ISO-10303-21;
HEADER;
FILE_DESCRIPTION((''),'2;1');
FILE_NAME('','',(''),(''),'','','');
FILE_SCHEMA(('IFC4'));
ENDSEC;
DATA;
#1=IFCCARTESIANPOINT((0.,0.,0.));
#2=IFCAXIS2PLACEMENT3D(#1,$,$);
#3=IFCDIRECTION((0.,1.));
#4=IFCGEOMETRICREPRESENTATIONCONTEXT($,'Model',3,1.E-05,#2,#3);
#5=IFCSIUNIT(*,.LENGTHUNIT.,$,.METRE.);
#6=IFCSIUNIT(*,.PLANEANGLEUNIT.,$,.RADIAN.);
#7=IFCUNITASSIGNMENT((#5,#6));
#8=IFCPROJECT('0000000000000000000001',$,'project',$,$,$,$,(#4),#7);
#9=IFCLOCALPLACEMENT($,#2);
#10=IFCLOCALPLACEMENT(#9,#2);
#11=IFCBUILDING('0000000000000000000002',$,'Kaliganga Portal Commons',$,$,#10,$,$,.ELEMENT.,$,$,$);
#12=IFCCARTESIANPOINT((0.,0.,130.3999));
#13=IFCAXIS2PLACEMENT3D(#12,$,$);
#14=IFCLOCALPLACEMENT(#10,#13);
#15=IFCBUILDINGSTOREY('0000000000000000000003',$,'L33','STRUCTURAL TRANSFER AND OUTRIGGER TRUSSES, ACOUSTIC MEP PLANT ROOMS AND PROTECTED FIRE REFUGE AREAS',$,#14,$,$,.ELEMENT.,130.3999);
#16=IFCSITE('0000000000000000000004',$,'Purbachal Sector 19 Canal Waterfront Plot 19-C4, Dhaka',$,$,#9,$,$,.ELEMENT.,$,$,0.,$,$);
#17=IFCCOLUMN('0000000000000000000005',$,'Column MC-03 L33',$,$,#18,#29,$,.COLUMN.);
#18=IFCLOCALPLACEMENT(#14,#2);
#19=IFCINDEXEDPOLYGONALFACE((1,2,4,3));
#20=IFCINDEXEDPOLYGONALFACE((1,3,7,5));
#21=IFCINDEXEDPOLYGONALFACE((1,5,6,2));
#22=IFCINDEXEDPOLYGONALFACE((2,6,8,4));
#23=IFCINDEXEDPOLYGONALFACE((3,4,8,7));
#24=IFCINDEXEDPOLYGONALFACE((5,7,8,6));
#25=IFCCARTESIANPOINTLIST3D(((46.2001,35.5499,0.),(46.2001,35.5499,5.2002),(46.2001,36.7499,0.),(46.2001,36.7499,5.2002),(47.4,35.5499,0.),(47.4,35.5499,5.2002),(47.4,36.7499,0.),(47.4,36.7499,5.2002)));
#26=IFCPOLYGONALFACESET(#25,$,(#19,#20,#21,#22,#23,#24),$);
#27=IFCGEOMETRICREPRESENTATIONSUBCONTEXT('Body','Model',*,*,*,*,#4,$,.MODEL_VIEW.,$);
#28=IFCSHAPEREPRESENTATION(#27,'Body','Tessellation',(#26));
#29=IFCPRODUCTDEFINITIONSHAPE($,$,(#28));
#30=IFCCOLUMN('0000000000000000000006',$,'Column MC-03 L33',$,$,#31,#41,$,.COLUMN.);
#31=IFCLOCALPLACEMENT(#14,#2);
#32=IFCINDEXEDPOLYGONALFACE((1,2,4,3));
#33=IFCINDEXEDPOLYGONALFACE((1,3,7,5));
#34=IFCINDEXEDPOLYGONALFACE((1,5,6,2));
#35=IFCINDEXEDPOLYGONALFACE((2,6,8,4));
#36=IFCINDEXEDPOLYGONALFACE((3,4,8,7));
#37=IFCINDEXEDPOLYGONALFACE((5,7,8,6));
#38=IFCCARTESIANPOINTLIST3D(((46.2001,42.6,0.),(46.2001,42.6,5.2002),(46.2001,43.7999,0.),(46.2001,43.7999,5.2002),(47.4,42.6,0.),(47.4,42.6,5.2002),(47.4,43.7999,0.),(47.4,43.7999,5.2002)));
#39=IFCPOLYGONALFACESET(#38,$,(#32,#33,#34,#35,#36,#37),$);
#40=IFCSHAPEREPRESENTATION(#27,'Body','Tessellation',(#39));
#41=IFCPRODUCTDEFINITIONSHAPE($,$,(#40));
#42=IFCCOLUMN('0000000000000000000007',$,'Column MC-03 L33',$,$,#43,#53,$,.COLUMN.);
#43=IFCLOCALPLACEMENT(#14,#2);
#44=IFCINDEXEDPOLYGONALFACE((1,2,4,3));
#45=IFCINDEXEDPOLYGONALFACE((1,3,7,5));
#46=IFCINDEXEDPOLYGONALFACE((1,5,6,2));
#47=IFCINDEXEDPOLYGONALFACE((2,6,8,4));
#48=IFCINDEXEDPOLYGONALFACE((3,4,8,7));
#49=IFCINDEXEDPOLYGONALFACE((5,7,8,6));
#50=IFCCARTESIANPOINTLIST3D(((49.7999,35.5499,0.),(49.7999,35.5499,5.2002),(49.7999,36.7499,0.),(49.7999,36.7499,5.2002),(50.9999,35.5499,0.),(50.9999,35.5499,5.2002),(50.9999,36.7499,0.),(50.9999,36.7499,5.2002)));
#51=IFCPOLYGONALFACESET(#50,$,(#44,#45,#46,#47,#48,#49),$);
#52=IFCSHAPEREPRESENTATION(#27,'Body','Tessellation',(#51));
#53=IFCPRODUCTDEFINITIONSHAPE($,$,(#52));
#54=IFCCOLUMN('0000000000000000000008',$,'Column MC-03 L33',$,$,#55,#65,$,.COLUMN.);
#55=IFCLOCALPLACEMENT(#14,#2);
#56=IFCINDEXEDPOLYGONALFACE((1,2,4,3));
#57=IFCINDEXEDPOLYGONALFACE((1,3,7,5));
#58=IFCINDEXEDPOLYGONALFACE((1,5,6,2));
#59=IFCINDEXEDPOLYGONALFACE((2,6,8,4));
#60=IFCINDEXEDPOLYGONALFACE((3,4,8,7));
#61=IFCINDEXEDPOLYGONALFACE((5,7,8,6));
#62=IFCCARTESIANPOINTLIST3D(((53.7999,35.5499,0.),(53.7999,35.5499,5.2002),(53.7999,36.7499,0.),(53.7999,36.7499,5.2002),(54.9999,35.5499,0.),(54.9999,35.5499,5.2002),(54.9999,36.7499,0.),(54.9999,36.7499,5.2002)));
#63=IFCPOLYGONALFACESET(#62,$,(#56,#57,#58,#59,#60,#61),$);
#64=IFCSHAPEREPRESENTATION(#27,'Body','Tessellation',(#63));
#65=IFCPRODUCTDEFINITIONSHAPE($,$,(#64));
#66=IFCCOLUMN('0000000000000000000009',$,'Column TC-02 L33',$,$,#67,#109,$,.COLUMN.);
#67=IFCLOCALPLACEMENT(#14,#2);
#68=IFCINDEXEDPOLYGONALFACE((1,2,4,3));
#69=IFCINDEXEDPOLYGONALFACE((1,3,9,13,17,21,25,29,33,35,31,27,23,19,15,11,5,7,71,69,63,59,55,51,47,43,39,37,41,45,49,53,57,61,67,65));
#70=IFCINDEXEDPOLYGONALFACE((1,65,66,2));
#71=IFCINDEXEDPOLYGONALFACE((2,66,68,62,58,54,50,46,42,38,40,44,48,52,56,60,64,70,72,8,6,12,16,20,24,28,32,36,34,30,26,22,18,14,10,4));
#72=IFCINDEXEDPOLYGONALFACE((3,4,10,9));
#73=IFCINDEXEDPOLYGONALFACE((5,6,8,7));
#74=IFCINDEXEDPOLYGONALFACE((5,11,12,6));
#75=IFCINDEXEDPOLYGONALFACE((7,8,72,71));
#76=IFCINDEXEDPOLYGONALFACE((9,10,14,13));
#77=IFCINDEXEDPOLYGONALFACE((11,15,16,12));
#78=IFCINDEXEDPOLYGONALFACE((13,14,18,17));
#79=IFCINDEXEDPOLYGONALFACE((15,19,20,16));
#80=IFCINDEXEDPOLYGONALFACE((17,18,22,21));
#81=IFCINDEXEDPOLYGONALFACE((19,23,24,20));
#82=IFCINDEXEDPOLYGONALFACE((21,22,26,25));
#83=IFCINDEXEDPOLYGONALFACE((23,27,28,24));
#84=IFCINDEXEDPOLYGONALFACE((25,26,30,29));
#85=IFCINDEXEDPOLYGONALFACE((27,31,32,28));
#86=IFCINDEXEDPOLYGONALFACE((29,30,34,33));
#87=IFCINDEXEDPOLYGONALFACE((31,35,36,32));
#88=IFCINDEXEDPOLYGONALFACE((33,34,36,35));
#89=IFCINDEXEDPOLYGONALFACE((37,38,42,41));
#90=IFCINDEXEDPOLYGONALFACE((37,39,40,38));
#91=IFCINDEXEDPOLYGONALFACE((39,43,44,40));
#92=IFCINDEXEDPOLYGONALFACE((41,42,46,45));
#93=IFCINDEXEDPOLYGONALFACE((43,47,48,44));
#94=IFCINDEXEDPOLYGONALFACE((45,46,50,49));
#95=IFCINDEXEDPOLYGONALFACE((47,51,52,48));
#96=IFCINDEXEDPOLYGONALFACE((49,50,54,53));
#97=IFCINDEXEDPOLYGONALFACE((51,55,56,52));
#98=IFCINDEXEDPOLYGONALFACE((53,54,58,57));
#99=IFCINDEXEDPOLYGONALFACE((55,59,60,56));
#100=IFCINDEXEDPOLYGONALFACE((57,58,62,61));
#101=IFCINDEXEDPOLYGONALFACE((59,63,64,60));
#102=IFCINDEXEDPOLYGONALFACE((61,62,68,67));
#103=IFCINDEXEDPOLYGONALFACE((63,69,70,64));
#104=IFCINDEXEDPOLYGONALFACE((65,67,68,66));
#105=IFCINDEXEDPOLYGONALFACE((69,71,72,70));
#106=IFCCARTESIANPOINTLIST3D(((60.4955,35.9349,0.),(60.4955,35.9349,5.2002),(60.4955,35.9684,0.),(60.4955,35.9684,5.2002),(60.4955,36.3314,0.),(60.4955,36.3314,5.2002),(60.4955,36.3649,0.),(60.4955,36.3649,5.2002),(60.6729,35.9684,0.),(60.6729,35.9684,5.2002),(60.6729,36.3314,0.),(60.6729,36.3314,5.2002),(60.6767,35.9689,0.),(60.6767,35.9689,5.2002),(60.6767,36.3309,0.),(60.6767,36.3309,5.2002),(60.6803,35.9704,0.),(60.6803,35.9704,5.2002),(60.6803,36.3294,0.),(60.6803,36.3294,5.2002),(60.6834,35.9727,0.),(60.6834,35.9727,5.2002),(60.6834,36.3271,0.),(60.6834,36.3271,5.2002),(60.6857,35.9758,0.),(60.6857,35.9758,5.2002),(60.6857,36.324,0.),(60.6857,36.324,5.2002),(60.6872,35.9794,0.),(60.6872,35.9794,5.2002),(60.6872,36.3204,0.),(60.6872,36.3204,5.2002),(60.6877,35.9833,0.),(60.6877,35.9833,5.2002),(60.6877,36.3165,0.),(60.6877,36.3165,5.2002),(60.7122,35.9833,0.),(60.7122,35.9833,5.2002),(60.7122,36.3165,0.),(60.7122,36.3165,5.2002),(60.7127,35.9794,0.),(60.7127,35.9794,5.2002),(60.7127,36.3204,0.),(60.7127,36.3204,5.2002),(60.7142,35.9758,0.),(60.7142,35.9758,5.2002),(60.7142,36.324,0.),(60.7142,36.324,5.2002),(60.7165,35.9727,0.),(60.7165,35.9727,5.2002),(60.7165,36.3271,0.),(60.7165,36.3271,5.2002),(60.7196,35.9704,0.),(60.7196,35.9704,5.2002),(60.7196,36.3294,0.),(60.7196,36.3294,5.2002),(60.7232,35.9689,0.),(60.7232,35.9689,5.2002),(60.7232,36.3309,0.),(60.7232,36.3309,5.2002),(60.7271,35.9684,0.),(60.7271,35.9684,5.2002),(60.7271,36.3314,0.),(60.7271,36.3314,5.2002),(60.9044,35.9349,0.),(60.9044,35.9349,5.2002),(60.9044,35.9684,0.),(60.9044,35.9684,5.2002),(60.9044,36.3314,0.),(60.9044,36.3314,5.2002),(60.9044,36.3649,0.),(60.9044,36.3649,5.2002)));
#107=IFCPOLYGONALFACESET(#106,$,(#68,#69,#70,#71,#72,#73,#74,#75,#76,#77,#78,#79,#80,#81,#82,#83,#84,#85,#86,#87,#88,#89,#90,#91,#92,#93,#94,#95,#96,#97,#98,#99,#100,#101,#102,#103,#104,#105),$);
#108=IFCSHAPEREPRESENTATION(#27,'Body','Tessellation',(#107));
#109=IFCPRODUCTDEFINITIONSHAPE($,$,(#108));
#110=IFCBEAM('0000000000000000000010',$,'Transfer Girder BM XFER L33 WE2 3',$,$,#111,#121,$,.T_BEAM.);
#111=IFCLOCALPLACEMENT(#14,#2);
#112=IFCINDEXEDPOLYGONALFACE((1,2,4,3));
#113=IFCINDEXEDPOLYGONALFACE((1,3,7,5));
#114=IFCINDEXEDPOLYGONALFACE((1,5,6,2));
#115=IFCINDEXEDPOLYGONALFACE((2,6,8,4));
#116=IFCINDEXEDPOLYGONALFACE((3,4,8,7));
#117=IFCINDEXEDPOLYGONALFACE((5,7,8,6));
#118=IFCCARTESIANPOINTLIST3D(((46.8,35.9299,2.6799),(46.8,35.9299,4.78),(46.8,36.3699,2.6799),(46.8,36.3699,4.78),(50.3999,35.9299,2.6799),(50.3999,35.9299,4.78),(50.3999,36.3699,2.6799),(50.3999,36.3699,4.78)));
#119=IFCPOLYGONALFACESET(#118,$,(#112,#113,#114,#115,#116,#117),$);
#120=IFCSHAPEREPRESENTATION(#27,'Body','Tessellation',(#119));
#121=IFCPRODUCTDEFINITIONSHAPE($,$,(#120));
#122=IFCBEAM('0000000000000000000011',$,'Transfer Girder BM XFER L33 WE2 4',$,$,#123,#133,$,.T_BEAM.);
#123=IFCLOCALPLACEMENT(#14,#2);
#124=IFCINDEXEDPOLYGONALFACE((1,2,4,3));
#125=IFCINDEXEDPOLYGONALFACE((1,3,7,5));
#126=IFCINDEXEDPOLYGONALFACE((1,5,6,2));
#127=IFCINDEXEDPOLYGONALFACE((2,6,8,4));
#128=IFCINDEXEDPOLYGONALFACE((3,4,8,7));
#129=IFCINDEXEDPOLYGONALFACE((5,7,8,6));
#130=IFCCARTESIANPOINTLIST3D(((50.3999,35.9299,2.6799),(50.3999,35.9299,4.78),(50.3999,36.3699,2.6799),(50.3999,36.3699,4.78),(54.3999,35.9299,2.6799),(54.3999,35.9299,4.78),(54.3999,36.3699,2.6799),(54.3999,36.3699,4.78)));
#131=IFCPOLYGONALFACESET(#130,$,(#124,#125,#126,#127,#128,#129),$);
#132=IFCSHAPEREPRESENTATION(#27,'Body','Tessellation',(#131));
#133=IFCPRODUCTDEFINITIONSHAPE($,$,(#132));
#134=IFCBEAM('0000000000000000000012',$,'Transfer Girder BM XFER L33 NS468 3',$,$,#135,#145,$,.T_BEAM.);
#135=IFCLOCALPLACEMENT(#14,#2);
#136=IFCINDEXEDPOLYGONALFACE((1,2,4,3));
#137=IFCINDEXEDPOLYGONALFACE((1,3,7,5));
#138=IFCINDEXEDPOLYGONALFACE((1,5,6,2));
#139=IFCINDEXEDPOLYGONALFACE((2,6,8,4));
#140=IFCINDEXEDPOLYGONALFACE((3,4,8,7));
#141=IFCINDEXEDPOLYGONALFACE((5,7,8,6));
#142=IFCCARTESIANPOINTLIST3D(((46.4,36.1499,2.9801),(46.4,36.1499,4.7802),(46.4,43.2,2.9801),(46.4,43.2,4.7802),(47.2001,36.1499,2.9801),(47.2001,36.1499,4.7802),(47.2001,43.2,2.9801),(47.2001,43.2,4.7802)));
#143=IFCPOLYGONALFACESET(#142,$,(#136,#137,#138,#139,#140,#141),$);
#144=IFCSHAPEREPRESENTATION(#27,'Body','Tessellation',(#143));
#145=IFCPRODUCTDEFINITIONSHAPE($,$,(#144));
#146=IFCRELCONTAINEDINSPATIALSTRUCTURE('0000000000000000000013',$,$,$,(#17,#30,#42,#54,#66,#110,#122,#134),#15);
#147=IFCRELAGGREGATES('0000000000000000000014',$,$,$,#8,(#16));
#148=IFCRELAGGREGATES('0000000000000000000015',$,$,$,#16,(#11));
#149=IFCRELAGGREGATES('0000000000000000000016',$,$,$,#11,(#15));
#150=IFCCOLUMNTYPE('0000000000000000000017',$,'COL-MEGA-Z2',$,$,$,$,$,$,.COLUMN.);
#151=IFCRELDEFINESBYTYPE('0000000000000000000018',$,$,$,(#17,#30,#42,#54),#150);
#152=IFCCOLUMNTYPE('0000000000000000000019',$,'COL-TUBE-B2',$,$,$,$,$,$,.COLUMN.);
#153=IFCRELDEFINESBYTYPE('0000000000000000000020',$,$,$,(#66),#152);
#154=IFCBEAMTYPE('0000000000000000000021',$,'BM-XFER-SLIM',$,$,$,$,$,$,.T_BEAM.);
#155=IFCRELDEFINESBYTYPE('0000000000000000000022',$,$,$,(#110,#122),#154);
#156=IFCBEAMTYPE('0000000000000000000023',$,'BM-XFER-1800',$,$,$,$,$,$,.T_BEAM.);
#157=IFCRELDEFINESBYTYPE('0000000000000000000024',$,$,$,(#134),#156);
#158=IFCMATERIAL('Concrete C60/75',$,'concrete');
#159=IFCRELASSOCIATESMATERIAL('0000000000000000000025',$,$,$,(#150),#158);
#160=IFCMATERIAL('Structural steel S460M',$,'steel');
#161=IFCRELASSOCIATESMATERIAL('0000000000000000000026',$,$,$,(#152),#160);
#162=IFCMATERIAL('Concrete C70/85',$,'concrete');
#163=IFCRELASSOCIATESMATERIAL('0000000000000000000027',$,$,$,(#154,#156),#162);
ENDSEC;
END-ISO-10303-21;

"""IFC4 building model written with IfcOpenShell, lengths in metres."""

from ifc_helpers import new_model, si_unit, direction, frame, origin, origin_2d, place, context, subcontext, project, spatial, rectangle, i_section, extrude, source, transform, mapped, material, material_profile, profile_set, type_object, element, save


model = new_model("IFC4")

# Units and contexts
model_context = context("Model", 3, precision=1e-05, world=origin(), true_north=direction((0.0, 1.0)))
body_context = subcontext(model_context, "Body", "Model", "MODEL_VIEW")
ifc_project = project(units=[si_unit("LENGTHUNIT", "METRE"), si_unit("PLANEANGLEUNIT", "RADIAN")], contexts=[model_context])

# Site, building, storey
site_placement = place(None, origin())
site = spatial("IfcSite", under=ifc_project, at=site_placement, Name="Purbachal Sector 19 Canal Waterfront Plot 19-C4, Dhaka", CompositionType="ELEMENT", RefElevation=0.0)
building_placement = place(site_placement, origin())
building = spatial("IfcBuilding", under=site, at=building_placement, Name="Kaliganga Portal Commons", CompositionType="ELEMENT")
storey_placement = place(building_placement, frame((0.0, 0.0, 130.3999)))
storey = spatial("IfcBuildingStorey", under=building, at=storey_placement, Name="L33", Description="STRUCTURAL TRANSFER AND OUTRIGGER TRUSSES, ACOUSTIC MEP PLANT ROOMS AND PROTECTED FIRE REFUGE AREAS", CompositionType="ELEMENT", Elevation=130.3999)

# Columns
ifc_material_1 = material(Name="Concrete C60/75", Category="concrete")
ifc_material_profile_1 = material_profile(ifc_material_1, rectangle(XDim=1.2, YDim=1.2, at=origin_2d()), Name="RC 1200x1200")
ifc_profile_set_1 = profile_set([ifc_material_profile_1], Name="Concrete C60/75")
column_type_1 = type_object("IfcColumnType", Name="COL-MEGA-Z2", PredefinedType="COLUMN", material=ifc_profile_set_1)
shared_shape_1 = source(origin(), body_context, "Body", "SweptSolid", [
    extrude(rectangle(XDim=1.2, YDim=1.2, at=origin_2d()), origin(), (0.0, 0.0, 1.0), 5.2002),
])
for number, where, z_axis, x_axis, name in (
    (1, (46.8, 36.1499, 0.0), (0.0, 0.0, 1.0), (1.0, 0.0, 0.0), "Column MC-03 L33"),
    (2, (46.8, 43.2, 0.0), (0.0, 0.0, 1.0), (1.0, 0.0, 0.0), "Column MC-03 L33"),
    (3, (50.3999, 36.1499, 0.0), (0.0, 0.0, 1.0), (1.0, 0.0, 0.0), "Column MC-03 L33"),
    (4, (54.3999, 36.1499, 0.0), (0.0, 0.0, 1.0), (1.0, 0.0, 0.0), "Column MC-03 L33"),
):
    element("IfcColumn", number, at=place(storey_placement, frame(where, z_axis=z_axis, x_axis=x_axis)), inside=storey, type_object=column_type_1, Name=name, PredefinedType="COLUMN", context=body_context, shape_type="MappedRepresentation", body=[
        mapped(shared_shape_1, transform((0.0, 0.0, 0.0), x_axis=(1.0, 0.0, 0.0), y_axis=(0.0, 1.0, 0.0), z_axis=(0.0, 0.0, 1.0), scale=1.0)),
    ])
ifc_material_2 = material(Name="Structural steel S460M", Category="steel")
ifc_material_profile_2 = material_profile(ifc_material_2, i_section(OverallWidth=0.4089, OverallDepth=0.4299, WebThickness=0.0244, FlangeThickness=0.0334, FilletRadius=0.0149, at=origin_2d()), Name="HD 400x421")
ifc_profile_set_2 = profile_set([ifc_material_profile_2], Name="Structural steel S460M wide-flange")
column_type_2 = type_object("IfcColumnType", Name="COL-TUBE-B2", PredefinedType="COLUMN", material=ifc_profile_set_2)
shared_shape_2 = source(origin(), body_context, "Body", "SweptSolid", [
    extrude(i_section(OverallWidth=0.4089, OverallDepth=0.4299, WebThickness=0.0244, FlangeThickness=0.0334, FilletRadius=0.0149, at=origin_2d()), origin(), (0.0, 0.0, 1.0), 5.2002),
])
column_placement = place(storey_placement, frame((60.7, 36.1499, 0.0), z_axis=(0.0, 0.0, 1.0), x_axis=(1.0, 0.0, 0.0)))
element("IfcColumn", 5, at=column_placement, inside=storey, type_object=column_type_2, Name="Column TC-02 L33", PredefinedType="COLUMN", context=body_context, shape_type="MappedRepresentation", body=[
    mapped(shared_shape_2, transform((0.0, 0.0, 0.0), x_axis=(1.0, 0.0, 0.0), y_axis=(0.0, 1.0, 0.0), z_axis=(0.0, 0.0, 1.0), scale=1.0)),
])

# Beams
ifc_material_3 = material(Name="Concrete C70/85", Category="concrete")
ifc_material_profile_3 = material_profile(ifc_material_3, rectangle(XDim=0.4399, YDim=2.1001, at=origin_2d()), Name="RC 440x2100")
ifc_profile_set_3 = profile_set([ifc_material_profile_3], Name="Concrete C70/85")
beam_type_1 = type_object("IfcBeamType", Name="BM-XFER-SLIM", PredefinedType="T_BEAM", material=ifc_profile_set_3)
shared_shape_3 = source(origin(), body_context, "Body", "SweptSolid", [
    extrude(rectangle(XDim=0.4399, YDim=2.1001, at=origin_2d()), origin(), (0.0, 0.0, 1.0), 3.5999),
])
beam_1_placement = place(storey_placement, frame((46.8, 36.1499, 3.73), z_axis=(1.0, 0.0, 0.0), x_axis=(0.0, 1.0, 0.0)))
element("IfcBeam", 6, at=beam_1_placement, inside=storey, type_object=beam_type_1, Name="Transfer Girder BM XFER L33 WE2 3", PredefinedType="T_BEAM", context=body_context, shape_type="MappedRepresentation", body=[
    mapped(shared_shape_3, transform((0.0, 0.0, 0.0), x_axis=(1.0, 0.0, 0.0), y_axis=(0.0, 1.0, 0.0), z_axis=(0.0, 0.0, 1.0), scale=1.0)),
])
shared_shape_4 = source(origin(), body_context, "Body", "SweptSolid", [
    extrude(rectangle(XDim=0.4399, YDim=2.1001, at=origin_2d()), origin(), (0.0, 0.0, 1.0), 4.0),
])
beam_2_placement = place(storey_placement, frame((50.3999, 36.1499, 3.73), z_axis=(1.0, 0.0, 0.0), x_axis=(0.0, 1.0, 0.0)))
element("IfcBeam", 7, at=beam_2_placement, inside=storey, type_object=beam_type_1, Name="Transfer Girder BM XFER L33 WE2 4", PredefinedType="T_BEAM", context=body_context, shape_type="MappedRepresentation", body=[
    mapped(shared_shape_4, transform((0.0, 0.0, 0.0), x_axis=(1.0, 0.0, 0.0), y_axis=(0.0, 1.0, 0.0), z_axis=(0.0, 0.0, 1.0), scale=1.0)),
])
ifc_material_profile_4 = material_profile(ifc_material_3, rectangle(XDim=0.8, YDim=1.8, at=origin_2d()), Name="RC 800x1800")
ifc_profile_set_4 = profile_set([ifc_material_profile_4], Name="Concrete C70/85")
beam_type_2 = type_object("IfcBeamType", Name="BM-XFER-1800", PredefinedType="T_BEAM", material=ifc_profile_set_4)
shared_shape_5 = source(origin(), body_context, "Body", "SweptSolid", [
    extrude(rectangle(XDim=0.8, YDim=1.8, at=origin_2d()), origin(), (0.0, 0.0, 1.0), 7.05),
])
beam_3_placement = place(storey_placement, frame((46.8, 36.1499, 3.8801), z_axis=(0.0, 1.0, 0.0), x_axis=(-1.0, 0.0, 0.0)))
element("IfcBeam", 8, at=beam_3_placement, inside=storey, type_object=beam_type_2, Name="Transfer Girder BM XFER L33 NS468 3", PredefinedType="T_BEAM", context=body_context, shape_type="MappedRepresentation", body=[
    mapped(shared_shape_5, transform((0.0, 0.0, 0.0), x_axis=(1.0, 0.0, 0.0), y_axis=(0.0, 1.0, 0.0), z_axis=(0.0, 0.0, 1.0), scale=1.0)),
])

save(model, "model.ifc")
